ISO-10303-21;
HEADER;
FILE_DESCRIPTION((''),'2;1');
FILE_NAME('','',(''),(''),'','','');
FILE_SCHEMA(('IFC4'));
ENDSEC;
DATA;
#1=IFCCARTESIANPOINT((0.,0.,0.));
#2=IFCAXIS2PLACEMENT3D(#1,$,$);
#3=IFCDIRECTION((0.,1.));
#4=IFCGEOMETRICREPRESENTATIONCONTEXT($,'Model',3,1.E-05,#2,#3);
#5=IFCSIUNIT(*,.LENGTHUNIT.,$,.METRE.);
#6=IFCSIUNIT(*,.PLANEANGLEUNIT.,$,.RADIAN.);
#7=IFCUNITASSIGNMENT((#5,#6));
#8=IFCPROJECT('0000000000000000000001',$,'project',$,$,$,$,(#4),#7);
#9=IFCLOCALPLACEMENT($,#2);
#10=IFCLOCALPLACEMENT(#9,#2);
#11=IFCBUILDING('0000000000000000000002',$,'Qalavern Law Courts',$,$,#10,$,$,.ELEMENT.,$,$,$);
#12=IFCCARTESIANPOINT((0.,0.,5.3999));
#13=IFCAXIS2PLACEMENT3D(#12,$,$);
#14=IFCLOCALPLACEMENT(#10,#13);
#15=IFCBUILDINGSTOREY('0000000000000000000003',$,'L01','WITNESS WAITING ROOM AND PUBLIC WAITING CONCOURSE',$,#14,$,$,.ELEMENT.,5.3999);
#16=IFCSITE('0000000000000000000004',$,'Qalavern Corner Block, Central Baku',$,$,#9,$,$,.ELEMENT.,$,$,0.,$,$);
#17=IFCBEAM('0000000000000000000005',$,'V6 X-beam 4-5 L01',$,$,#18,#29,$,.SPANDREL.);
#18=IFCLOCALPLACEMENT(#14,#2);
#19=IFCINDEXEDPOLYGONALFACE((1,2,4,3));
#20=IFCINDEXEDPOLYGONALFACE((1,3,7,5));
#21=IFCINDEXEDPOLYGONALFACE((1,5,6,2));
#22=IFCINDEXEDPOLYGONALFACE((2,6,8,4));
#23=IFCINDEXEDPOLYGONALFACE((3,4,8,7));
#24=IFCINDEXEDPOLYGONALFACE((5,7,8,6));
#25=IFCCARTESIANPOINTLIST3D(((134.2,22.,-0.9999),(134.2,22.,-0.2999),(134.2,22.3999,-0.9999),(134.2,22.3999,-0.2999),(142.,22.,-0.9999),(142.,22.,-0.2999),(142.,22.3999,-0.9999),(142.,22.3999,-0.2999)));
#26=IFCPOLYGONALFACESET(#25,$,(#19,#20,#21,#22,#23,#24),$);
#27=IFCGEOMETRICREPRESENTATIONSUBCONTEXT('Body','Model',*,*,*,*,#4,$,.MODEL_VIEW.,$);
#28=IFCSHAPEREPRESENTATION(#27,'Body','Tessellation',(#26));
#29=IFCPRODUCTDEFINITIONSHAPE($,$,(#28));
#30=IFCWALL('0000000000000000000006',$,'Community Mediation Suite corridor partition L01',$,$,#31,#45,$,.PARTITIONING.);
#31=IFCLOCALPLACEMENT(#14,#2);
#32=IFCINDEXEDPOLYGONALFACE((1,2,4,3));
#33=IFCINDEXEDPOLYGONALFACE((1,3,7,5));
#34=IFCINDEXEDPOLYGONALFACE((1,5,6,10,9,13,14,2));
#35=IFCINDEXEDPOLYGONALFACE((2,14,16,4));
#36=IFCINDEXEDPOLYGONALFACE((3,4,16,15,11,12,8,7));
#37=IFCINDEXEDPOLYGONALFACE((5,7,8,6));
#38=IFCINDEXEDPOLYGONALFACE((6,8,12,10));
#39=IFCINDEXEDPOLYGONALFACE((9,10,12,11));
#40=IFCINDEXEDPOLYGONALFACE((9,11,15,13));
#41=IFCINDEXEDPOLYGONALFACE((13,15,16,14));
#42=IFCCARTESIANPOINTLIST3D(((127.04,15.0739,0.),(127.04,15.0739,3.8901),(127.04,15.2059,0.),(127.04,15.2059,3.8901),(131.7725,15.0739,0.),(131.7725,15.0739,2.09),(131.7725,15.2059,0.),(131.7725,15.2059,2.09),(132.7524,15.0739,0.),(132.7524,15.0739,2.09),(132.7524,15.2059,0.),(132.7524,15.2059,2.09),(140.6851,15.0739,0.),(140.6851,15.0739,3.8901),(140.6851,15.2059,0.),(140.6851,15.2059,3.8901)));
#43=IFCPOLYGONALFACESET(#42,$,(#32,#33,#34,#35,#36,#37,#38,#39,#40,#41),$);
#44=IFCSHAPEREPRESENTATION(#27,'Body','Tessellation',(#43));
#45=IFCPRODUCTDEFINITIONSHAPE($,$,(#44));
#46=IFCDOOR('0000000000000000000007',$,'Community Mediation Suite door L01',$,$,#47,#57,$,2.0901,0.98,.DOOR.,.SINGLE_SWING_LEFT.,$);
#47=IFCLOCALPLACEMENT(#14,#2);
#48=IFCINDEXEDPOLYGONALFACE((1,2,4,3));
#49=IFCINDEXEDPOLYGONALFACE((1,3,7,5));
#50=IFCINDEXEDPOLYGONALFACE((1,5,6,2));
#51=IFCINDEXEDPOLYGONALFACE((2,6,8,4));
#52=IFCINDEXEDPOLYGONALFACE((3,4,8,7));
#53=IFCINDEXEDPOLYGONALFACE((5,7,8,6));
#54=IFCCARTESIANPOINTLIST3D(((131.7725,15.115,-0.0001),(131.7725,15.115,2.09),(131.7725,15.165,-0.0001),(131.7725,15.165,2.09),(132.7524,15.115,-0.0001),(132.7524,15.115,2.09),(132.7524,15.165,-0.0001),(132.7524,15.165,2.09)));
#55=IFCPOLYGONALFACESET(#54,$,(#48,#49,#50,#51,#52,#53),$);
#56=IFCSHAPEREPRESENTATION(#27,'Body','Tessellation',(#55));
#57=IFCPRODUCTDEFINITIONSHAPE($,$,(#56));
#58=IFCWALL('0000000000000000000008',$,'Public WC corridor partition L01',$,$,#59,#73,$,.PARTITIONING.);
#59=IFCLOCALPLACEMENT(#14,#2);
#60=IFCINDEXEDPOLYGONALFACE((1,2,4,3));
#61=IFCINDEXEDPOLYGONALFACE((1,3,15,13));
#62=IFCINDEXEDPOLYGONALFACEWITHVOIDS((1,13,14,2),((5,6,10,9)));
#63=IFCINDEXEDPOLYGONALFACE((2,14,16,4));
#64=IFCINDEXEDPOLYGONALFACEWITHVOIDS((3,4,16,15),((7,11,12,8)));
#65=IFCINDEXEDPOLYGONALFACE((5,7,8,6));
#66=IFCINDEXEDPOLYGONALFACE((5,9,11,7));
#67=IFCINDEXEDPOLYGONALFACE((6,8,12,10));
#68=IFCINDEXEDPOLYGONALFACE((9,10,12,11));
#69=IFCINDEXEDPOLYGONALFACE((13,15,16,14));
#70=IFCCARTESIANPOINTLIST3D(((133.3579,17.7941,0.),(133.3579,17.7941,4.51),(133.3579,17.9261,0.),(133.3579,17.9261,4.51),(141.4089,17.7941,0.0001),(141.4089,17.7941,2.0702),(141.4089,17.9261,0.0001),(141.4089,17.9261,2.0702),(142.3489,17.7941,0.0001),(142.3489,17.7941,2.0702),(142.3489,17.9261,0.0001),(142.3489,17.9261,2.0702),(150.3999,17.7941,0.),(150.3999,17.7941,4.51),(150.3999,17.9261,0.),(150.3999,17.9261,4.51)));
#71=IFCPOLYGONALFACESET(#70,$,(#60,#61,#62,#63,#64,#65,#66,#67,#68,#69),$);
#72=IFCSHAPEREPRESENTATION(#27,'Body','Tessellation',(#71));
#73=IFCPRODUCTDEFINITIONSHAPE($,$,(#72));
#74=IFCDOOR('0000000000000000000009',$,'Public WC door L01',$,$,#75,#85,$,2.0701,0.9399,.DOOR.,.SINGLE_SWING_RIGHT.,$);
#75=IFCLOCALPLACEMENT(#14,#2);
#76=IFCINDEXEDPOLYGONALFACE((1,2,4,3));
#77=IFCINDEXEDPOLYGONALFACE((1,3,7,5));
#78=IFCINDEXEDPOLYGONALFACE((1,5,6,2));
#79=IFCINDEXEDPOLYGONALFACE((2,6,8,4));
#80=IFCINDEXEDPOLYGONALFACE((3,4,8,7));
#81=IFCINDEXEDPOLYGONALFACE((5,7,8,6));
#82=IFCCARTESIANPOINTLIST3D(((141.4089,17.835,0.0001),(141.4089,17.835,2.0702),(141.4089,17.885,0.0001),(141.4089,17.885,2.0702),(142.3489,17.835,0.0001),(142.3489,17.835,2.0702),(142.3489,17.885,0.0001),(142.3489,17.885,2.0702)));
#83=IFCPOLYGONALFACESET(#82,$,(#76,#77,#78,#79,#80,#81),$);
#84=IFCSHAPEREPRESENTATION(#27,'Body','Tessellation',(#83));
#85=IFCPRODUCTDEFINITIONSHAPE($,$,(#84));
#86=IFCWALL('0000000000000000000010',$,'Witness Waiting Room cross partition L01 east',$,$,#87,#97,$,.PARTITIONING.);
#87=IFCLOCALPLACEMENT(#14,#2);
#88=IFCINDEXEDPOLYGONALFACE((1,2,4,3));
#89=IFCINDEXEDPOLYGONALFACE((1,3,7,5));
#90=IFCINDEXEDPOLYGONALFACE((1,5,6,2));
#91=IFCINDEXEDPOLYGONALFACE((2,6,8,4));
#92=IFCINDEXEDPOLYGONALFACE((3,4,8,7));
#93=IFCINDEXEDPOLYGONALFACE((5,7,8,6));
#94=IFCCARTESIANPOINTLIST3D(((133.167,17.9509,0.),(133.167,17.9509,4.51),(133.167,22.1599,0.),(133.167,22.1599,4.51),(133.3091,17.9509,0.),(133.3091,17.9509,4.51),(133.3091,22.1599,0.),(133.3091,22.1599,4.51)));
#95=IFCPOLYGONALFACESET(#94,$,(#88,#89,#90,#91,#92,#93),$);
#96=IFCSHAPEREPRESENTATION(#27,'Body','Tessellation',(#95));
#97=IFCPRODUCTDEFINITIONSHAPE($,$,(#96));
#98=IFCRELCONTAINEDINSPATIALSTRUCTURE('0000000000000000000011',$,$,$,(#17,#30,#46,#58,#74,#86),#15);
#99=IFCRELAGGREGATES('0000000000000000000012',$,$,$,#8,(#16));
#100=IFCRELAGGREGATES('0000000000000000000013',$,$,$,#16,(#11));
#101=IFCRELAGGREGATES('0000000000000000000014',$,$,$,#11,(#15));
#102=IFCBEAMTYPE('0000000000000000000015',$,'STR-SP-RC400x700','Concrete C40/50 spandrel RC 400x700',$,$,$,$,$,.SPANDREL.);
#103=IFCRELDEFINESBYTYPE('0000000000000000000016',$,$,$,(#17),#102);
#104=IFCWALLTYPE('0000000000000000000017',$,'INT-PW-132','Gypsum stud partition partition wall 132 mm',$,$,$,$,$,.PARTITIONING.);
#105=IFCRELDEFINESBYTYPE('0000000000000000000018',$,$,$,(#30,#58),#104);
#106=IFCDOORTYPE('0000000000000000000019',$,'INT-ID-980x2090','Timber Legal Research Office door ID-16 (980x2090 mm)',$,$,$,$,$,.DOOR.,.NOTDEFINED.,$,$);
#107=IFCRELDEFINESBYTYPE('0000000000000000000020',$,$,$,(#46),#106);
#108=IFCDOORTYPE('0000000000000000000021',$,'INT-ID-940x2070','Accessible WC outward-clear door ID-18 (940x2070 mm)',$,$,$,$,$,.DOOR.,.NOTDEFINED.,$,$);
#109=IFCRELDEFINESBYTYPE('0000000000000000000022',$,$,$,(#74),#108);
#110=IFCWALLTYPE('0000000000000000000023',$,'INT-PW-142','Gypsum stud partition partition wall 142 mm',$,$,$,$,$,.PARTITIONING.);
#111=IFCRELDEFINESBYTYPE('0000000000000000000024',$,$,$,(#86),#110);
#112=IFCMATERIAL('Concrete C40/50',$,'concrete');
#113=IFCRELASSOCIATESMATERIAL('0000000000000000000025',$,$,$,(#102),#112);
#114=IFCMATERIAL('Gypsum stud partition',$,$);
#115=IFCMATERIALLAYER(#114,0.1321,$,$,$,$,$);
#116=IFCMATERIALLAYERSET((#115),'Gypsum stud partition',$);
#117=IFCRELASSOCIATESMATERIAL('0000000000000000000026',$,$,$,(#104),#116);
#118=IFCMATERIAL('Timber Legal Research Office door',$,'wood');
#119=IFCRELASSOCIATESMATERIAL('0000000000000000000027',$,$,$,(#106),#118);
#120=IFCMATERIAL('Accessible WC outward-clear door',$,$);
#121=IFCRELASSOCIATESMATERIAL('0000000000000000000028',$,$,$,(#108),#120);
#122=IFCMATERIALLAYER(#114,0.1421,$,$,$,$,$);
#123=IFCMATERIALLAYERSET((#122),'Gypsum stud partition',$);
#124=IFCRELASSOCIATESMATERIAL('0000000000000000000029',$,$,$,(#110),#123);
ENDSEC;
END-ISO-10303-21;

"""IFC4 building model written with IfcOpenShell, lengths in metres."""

from ifc_helpers import new_model, si_unit, direction, frame, frame_2d, origin, origin_2d, place, context, subcontext, project, spatial, rectangle, extrude, material, layer, layer_set, material_profile, profile_set, type_object, element, fill, save


model = new_model("IFC4")

# Units and contexts
model_context = context("Model", 3, precision=1e-05, world=origin(), true_north=direction((0.0, 1.0)))
body_context = subcontext(model_context, "Body", "Model", "MODEL_VIEW")
ifc_project = project(units=[si_unit("LENGTHUNIT", "METRE"), si_unit("PLANEANGLEUNIT", "RADIAN")], contexts=[model_context])

# Site, building, storey
site_placement = place(None, origin())
site = spatial("IfcSite", under=ifc_project, at=site_placement, Name="Qalavern Corner Block, Central Baku", CompositionType="ELEMENT", RefElevation=0.0)
building_placement = place(site_placement, origin())
building = spatial("IfcBuilding", under=site, at=building_placement, Name="Qalavern Law Courts", CompositionType="ELEMENT")
storey_placement = place(building_placement, frame((0.0, 0.0, 5.3999)))
storey = spatial("IfcBuildingStorey", under=building, at=storey_placement, Name="L01", Description="WITNESS WAITING ROOM AND PUBLIC WAITING CONCOURSE", CompositionType="ELEMENT", Elevation=5.3999)

# Beam
ifc_material_1 = material(Name="Concrete C40/50", Category="concrete")
ifc_material_profile_1 = material_profile(ifc_material_1, rectangle(XDim=0.3999, YDim=0.7, at=origin_2d()), Name="RC 400x700")
ifc_profile_set_1 = profile_set([ifc_material_profile_1], Name="Concrete C40/50")
beam_type_1 = type_object("IfcBeamType", Name="STR-SP-RC400x700", Description="Concrete C40/50 spandrel RC 400x700", PredefinedType="SPANDREL", material=ifc_profile_set_1)
beam_1_placement = place(storey_placement, frame((134.2, 22.2, -0.6499), z_axis=(1.0, 0.0, 0.0), x_axis=(0.0, 1.0, 0.0)))
element("IfcBeam", 1, at=beam_1_placement, inside=storey, type_object=beam_type_1, Name="V6 X-beam 4-5 L01", PredefinedType="SPANDREL", context=body_context, shape_type="SweptSolid", body=[
    extrude(rectangle(XDim=0.3999, YDim=0.7, at=origin_2d()), origin(), (0.0, 0.0, 1.0), 7.8),
])

# Walls, openings, doors
ifc_material_2 = material(Name="Gypsum stud partition")
ifc_layer_1 = layer(ifc_material_2, 0.1321)
ifc_layer_set_1 = layer_set([ifc_layer_1], Name="Gypsum stud partition")
wall_type_1 = type_object("IfcWallType", Name="INT-PW-132", Description="Gypsum stud partition partition wall 132 mm", PredefinedType="PARTITIONING", material=ifc_layer_set_1)
wall_1_placement = place(storey_placement, frame((127.04, 15.1399, 0.0), z_axis=(0.0, 0.0, 1.0), x_axis=(1.0, 0.0, 0.0)))
wall_1 = element("IfcWall", 2, at=wall_1_placement, inside=storey, type_object=wall_type_1, Name="Community Mediation Suite corridor partition L01", PredefinedType="PARTITIONING", context=body_context, shape_type="SweptSolid", body=[
    extrude(rectangle(XDim=13.645, YDim=0.1321, at=frame_2d((6.8225, 0.0))), origin(), (0.0, 0.0, 1.0), 3.8901),
])
opening_1_placement = place(wall_1_placement, frame((4.7324, 0.0, 0.0)))
opening_1 = element("IfcOpeningElement", 3, at=opening_1_placement, cuts=wall_1, PredefinedType="OPENING", context=body_context, shape_type="SweptSolid", body=[
    extrude(rectangle(XDim=0.98, YDim=2.0901, at=frame_2d((0.49, 1.0449))), frame((0.0, 0.0811, 0.0), z_axis=(0.0, -1.0, 0.0), x_axis=(1.0, 0.0, 0.0)), (0.0, 0.0, 1.0), 0.1619),
])
ifc_material_3 = material(Name="Timber Legal Research Office door", Category="wood")
door_type_1 = type_object("IfcDoorType", Name="INT-ID-980x2090", Description="Timber Legal Research Office door ID-16 (980x2090 mm)", OperationType="NOTDEFINED", PredefinedType="DOOR", material=ifc_material_3)
door_1_placement = place(opening_1_placement, frame((0.98, 0.0, 0.0), z_axis=(0.0, 0.0, 1.0), x_axis=(-1.0, 0.0, 0.0)))
door_1 = element("IfcDoor", 4, at=door_1_placement, inside=storey, type_object=door_type_1, Name="Community Mediation Suite door L01", OperationType="SINGLE_SWING_LEFT", OverallHeight=2.0901, OverallWidth=0.98, PredefinedType="DOOR", context=body_context, shape_type="SweptSolid", body=[
    extrude(rectangle(XDim=0.98, YDim=2.0901, at=frame_2d((0.49, 1.0449))), frame((0.0, 0.0249, 0.0), z_axis=(0.0, -1.0, 0.0), x_axis=(1.0, 0.0, 0.0)), (0.0, 0.0, 1.0), 0.05),
])
fill(opening_1, door_1)
wall_2_placement = place(storey_placement, frame((133.3579, 17.8601, 0.0), z_axis=(0.0, 0.0, 1.0), x_axis=(1.0, 0.0, 0.0)))
wall_2 = element("IfcWall", 5, at=wall_2_placement, inside=storey, type_object=wall_type_1, Name="Public WC corridor partition L01", PredefinedType="PARTITIONING", context=body_context, shape_type="SweptSolid", body=[
    extrude(rectangle(XDim=17.042, YDim=0.1321, at=frame_2d((8.521, 0.0))), origin(), (0.0, 0.0, 1.0), 4.51),
])
opening_2_placement = place(wall_2_placement, frame((8.051, 0.0, 0.0)))
opening_2 = element("IfcOpeningElement", 6, at=opening_2_placement, cuts=wall_2, PredefinedType="OPENING", context=body_context, shape_type="SweptSolid", body=[
    extrude(rectangle(XDim=0.9399, YDim=2.0701, at=frame_2d((0.47, 1.0352))), frame((0.0, 0.0811, 0.0), z_axis=(0.0, -1.0, 0.0), x_axis=(1.0, 0.0, 0.0)), (0.0, 0.0, 1.0), 0.1619),
])
ifc_material_4 = material(Name="Accessible WC outward-clear door")
door_type_2 = type_object("IfcDoorType", Name="INT-ID-940x2070", Description="Accessible WC outward-clear door ID-18 (940x2070 mm)", OperationType="NOTDEFINED", PredefinedType="DOOR", material=ifc_material_4)
door_2_placement = place(opening_2_placement, origin())
door_2 = element("IfcDoor", 7, at=door_2_placement, inside=storey, type_object=door_type_2, Name="Public WC door L01", OperationType="SINGLE_SWING_RIGHT", OverallHeight=2.0701, OverallWidth=0.9399, PredefinedType="DOOR", context=body_context, shape_type="SweptSolid", body=[
    extrude(rectangle(XDim=0.9399, YDim=2.0701, at=frame_2d((0.47, 1.0352))), frame((0.0, 0.0249, 0.0), z_axis=(0.0, -1.0, 0.0), x_axis=(1.0, 0.0, 0.0)), (0.0, 0.0, 1.0), 0.05),
])
fill(opening_2, door_2)

# Wall
ifc_layer_2 = layer(ifc_material_2, 0.1421)
ifc_layer_set_2 = layer_set([ifc_layer_2], Name="Gypsum stud partition")
wall_type_2 = type_object("IfcWallType", Name="INT-PW-142", Description="Gypsum stud partition partition wall 142 mm", PredefinedType="PARTITIONING", material=ifc_layer_set_2)
wall_3_placement = place(storey_placement, frame((133.238, 17.9509, 0.0), z_axis=(0.0, 0.0, 1.0), x_axis=(0.0, 1.0, 0.0)))
element("IfcWall", 8, at=wall_3_placement, inside=storey, type_object=wall_type_2, Name="Witness Waiting Room cross partition L01 east", PredefinedType="PARTITIONING", context=body_context, shape_type="SweptSolid", body=[
    extrude(rectangle(XDim=4.209, YDim=0.1421, at=frame_2d((2.1045, 0.0))), origin(), (0.0, 0.0, 1.0), 4.51),
])

save(model, "model.ifc")
